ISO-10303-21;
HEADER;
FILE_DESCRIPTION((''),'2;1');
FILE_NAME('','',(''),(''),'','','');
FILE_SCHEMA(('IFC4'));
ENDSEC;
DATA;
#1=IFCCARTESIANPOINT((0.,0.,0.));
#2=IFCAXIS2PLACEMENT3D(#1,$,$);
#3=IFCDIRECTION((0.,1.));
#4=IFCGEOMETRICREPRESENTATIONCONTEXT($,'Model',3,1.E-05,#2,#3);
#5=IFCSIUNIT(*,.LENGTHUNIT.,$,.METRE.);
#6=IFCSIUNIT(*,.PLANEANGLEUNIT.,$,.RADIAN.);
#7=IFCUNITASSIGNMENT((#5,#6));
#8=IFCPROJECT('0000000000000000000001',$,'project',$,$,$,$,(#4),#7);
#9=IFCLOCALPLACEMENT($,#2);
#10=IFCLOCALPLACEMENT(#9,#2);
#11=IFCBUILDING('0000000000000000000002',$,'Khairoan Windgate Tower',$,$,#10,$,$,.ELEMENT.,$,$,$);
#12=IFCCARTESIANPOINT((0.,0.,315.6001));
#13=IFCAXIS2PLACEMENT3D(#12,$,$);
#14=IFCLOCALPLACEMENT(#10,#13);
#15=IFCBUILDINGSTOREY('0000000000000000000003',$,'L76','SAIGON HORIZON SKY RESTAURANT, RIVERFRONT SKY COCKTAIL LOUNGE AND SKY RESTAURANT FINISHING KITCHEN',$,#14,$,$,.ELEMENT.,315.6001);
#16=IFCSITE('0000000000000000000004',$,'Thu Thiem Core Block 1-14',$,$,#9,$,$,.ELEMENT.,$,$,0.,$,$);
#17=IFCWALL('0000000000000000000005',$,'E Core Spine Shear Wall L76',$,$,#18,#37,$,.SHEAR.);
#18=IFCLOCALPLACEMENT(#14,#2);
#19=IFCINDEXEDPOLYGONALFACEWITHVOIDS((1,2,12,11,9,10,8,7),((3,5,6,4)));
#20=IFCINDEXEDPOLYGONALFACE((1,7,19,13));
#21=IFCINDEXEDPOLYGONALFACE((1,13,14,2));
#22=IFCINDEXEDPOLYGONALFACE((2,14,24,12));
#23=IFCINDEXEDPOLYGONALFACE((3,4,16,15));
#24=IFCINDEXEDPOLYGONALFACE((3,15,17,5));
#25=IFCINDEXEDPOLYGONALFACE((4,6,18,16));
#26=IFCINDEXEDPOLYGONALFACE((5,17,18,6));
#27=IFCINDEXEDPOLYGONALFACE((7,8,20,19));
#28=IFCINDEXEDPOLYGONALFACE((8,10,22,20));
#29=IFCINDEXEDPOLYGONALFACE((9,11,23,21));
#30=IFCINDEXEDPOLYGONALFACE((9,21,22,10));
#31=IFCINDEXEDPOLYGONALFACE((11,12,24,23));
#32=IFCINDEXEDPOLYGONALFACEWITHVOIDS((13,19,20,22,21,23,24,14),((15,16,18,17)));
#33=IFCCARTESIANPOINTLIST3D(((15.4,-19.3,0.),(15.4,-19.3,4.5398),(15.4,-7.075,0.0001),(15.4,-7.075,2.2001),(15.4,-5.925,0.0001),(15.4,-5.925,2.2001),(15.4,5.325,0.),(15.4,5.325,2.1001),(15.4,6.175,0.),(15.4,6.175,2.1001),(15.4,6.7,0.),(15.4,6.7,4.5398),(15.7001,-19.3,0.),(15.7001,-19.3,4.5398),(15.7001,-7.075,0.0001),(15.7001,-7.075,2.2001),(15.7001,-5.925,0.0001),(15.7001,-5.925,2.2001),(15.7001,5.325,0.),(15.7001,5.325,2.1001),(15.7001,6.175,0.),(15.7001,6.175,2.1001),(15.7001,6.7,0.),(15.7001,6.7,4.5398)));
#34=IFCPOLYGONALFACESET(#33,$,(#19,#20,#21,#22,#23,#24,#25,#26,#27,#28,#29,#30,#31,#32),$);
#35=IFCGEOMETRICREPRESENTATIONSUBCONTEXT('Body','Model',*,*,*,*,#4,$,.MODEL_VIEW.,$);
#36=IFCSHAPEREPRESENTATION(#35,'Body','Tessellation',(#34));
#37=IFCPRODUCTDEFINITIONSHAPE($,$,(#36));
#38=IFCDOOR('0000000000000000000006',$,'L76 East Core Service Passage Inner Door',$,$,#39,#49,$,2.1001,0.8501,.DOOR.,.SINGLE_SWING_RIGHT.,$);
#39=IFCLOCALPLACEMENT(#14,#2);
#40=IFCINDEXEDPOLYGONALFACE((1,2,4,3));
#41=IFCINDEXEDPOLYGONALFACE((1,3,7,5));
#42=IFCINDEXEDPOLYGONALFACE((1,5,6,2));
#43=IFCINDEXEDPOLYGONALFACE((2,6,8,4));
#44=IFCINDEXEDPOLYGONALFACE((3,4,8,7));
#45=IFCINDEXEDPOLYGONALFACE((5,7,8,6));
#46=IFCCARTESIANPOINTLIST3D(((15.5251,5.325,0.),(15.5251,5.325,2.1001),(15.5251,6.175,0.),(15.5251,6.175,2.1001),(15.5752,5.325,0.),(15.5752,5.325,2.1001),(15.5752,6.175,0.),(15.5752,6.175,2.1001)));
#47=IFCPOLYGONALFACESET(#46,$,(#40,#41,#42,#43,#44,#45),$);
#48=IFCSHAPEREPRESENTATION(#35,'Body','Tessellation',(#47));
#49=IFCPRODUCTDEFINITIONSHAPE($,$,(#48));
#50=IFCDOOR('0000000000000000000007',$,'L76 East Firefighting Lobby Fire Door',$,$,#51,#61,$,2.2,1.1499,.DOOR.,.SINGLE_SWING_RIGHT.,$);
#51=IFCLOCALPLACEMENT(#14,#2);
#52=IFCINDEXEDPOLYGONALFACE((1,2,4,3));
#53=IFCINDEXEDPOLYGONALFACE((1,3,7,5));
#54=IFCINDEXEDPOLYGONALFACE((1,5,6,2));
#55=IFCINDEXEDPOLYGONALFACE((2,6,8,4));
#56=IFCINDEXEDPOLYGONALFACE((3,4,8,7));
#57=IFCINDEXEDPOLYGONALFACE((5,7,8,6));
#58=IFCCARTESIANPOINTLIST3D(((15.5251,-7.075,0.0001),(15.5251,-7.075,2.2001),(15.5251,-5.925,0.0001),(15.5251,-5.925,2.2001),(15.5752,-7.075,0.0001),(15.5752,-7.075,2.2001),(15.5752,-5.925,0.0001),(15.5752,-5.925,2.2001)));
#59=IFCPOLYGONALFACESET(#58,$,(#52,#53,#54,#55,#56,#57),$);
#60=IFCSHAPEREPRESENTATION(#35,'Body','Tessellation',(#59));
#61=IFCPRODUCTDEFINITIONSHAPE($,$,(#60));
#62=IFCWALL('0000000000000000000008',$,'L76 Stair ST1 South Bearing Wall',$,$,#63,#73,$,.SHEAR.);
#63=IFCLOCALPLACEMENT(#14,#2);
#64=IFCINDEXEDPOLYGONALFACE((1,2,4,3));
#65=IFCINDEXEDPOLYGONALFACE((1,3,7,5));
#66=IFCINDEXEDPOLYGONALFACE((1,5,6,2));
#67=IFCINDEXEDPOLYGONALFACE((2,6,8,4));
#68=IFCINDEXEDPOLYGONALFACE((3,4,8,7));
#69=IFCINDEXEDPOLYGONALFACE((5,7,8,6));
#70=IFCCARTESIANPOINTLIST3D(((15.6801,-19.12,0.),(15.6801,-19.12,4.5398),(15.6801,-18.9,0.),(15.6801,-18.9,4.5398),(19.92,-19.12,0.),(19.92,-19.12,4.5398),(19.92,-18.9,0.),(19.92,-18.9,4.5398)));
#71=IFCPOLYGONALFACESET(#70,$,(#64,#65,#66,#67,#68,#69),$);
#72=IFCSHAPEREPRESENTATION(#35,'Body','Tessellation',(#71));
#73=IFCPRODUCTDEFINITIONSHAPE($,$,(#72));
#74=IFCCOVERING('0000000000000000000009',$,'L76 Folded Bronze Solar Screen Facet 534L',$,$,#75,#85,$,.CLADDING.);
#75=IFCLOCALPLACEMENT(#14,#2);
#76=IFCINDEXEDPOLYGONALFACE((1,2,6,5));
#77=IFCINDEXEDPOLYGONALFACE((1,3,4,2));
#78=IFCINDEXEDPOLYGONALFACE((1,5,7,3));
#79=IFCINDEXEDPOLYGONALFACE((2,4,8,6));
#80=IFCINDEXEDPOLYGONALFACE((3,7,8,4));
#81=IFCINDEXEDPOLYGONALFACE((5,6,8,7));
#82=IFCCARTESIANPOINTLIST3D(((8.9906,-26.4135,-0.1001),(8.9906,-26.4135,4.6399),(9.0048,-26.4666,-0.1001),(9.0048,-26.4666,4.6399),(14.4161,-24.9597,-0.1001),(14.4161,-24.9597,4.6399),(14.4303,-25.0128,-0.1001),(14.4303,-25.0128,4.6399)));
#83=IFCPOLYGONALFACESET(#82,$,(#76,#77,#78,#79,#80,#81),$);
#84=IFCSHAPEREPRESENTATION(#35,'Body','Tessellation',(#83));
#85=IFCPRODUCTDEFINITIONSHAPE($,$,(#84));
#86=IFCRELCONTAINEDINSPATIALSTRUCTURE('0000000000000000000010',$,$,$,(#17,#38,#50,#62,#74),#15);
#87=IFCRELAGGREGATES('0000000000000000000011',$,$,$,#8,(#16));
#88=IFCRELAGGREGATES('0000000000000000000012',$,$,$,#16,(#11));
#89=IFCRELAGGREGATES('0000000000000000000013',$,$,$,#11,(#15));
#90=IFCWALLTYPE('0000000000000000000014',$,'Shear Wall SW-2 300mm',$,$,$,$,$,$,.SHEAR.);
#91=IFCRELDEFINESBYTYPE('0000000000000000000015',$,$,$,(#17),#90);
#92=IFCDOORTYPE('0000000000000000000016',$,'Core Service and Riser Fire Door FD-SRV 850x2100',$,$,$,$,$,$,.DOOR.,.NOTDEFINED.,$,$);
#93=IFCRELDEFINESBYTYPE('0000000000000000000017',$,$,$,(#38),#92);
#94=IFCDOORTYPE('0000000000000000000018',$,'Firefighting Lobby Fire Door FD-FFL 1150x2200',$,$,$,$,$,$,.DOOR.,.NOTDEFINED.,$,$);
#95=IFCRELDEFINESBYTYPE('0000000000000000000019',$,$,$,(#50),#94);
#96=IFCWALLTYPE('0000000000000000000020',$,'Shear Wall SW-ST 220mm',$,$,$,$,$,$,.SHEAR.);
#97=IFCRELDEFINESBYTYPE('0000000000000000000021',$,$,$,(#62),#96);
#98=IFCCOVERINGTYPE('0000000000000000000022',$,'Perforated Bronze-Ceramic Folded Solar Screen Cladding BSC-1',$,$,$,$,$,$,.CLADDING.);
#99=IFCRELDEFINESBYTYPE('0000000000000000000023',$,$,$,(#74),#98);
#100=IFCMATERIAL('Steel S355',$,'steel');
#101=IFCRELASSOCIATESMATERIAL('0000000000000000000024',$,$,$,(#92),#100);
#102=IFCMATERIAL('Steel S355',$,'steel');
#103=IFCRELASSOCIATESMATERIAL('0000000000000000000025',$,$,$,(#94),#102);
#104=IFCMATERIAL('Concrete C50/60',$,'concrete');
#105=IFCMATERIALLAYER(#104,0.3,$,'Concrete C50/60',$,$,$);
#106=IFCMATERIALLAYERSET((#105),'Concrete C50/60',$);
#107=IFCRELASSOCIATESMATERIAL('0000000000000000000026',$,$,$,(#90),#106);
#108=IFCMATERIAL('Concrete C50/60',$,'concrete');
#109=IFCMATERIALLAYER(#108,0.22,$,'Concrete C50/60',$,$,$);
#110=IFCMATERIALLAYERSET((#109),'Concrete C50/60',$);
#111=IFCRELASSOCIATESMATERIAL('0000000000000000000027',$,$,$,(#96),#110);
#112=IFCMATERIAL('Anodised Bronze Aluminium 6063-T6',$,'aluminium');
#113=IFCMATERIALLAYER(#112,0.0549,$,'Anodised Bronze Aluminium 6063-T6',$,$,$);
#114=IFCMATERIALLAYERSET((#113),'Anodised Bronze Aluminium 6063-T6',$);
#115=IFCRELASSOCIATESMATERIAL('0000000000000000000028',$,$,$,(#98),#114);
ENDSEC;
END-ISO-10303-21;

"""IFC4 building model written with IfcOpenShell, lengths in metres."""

from ifc_helpers import new_model, si_unit, direction, frame, frame_2d, origin, origin_2d, place, context, subcontext, project, spatial, rectangle, extrude, material, layer, layer_set, type_object, element, fill, save


model = new_model("IFC4")

# Units and contexts
model_context = context("Model", 3, precision=1e-05, world=origin(), true_north=direction((0.0, 1.0)))
body_context = subcontext(model_context, "Body", "Model", "MODEL_VIEW")
ifc_project = project(units=[si_unit("LENGTHUNIT", "METRE"), si_unit("PLANEANGLEUNIT", "RADIAN")], contexts=[model_context])

# Site, building, storey
site_placement = place(None, origin())
site = spatial("IfcSite", under=ifc_project, at=site_placement, Name="Thu Thiem Core Block 1-14", CompositionType="ELEMENT", RefElevation=0.0)
building_placement = place(site_placement, origin())
building = spatial("IfcBuilding", under=site, at=building_placement, Name="Khairoan Windgate Tower", CompositionType="ELEMENT")
storey_placement = place(building_placement, frame((0.0, 0.0, 315.6001)))
storey = spatial("IfcBuildingStorey", under=building, at=storey_placement, Name="L76", Description="SAIGON HORIZON SKY RESTAURANT, RIVERFRONT SKY COCKTAIL LOUNGE AND SKY RESTAURANT FINISHING KITCHEN", CompositionType="ELEMENT", Elevation=315.6001)

# Shared definitions
ifc_material_1 = material(Name="Steel S355", Category="steel")
door_type_1 = type_object("IfcDoorType", Name="Core Service and Riser Fire Door FD-SRV 850x2100", OperationType="NOTDEFINED", PredefinedType="DOOR", material=ifc_material_1)
ifc_material_2 = material(Name="Steel S355", Category="steel")
door_type_2 = type_object("IfcDoorType", Name="Firefighting Lobby Fire Door FD-FFL 1150x2200", OperationType="NOTDEFINED", PredefinedType="DOOR", material=ifc_material_2)

# Wall, openings, doors
ifc_material_3 = material(Name="Concrete C50/60", Category="concrete")
ifc_layer_1 = layer(ifc_material_3, 0.3, Name="Concrete C50/60")
ifc_layer_set_1 = layer_set([ifc_layer_1], Name="Concrete C50/60")
wall_type_1 = type_object("IfcWallType", Name="Shear Wall SW-2 300mm", PredefinedType="SHEAR", material=ifc_layer_set_1)
wall_1_placement = place(storey_placement, frame((15.55, -19.3, 0.0), z_axis=(0.0, 0.0, 1.0), x_axis=(0.0, 1.0, 0.0)))
wall_1 = element("IfcWall", 1, at=wall_1_placement, inside=storey, type_object=wall_type_1, Name="E Core Spine Shear Wall L76", PredefinedType="SHEAR", context=body_context, shape_type="SweptSolid", body=[
    extrude(rectangle(XDim=26.0, YDim=0.3, at=frame_2d((13.0, 0.0))), origin(), (0.0, 0.0, 1.0), 4.5398),
])
opening_1_placement = place(wall_1_placement, frame((12.2251, 0.0, 0.0)))
opening_1 = element("IfcOpeningElement", 2, at=opening_1_placement, cuts=wall_1, PredefinedType="OPENING", context=body_context, shape_type="SweptSolid", body=[
    extrude(rectangle(XDim=1.1499, YDim=2.2, at=frame_2d((0.575, 1.1001))), frame((0.0, 0.1599, 0.0), z_axis=(0.0, -1.0, 0.0), x_axis=(1.0, 0.0, 0.0)), (0.0, 0.0, 1.0), 0.3201),
])
opening_2_placement = place(wall_1_placement, frame((24.625, 0.0, 0.0)))
opening_2 = element("IfcOpeningElement", 3, at=opening_2_placement, cuts=wall_1, PredefinedType="OPENING", context=body_context, shape_type="SweptSolid", body=[
    extrude(rectangle(XDim=0.8501, YDim=2.1001, at=frame_2d((0.425, 1.05))), frame((0.0, 0.1599, 0.0), z_axis=(0.0, -1.0, 0.0), x_axis=(1.0, 0.0, 0.0)), (0.0, 0.0, 1.0), 0.3201),
])
door_1_placement = place(opening_2_placement, origin())
door_1 = element("IfcDoor", 4, at=door_1_placement, inside=storey, type_object=door_type_1, Name="L76 East Core Service Passage Inner Door", OperationType="SINGLE_SWING_RIGHT", OverallHeight=2.1001, OverallWidth=0.8501, PredefinedType="DOOR", context=body_context, shape_type="SweptSolid", body=[
    extrude(rectangle(XDim=0.8501, YDim=2.1001, at=frame_2d((0.425, 1.05))), frame((0.0, 0.0249, 0.0), z_axis=(0.0, -1.0, 0.0), x_axis=(1.0, 0.0, 0.0)), (0.0, 0.0, 1.0), 0.05),
])
fill(opening_2, door_1)
door_2_placement = place(opening_1_placement, origin())
door_2 = element("IfcDoor", 5, at=door_2_placement, inside=storey, type_object=door_type_2, Name="L76 East Firefighting Lobby Fire Door", OperationType="SINGLE_SWING_RIGHT", OverallHeight=2.2, OverallWidth=1.1499, PredefinedType="DOOR", context=body_context, shape_type="SweptSolid", body=[
    extrude(rectangle(XDim=1.1499, YDim=2.2, at=frame_2d((0.575, 1.1001))), frame((0.0, 0.0249, 0.0), z_axis=(0.0, -1.0, 0.0), x_axis=(1.0, 0.0, 0.0)), (0.0, 0.0, 1.0), 0.05),
])
fill(opening_1, door_2)

# Wall
ifc_material_4 = material(Name="Concrete C50/60", Category="concrete")
ifc_layer_2 = layer(ifc_material_4, 0.22, Name="Concrete C50/60")
ifc_layer_set_2 = layer_set([ifc_layer_2], Name="Concrete C50/60")
wall_type_2 = type_object("IfcWallType", Name="Shear Wall SW-ST 220mm", PredefinedType="SHEAR", material=ifc_layer_set_2)
wall_2_placement = place(storey_placement, frame((15.6799, -19.01, 0.0), z_axis=(0.0, 0.0, 1.0), x_axis=(1.0, 0.0, 0.0)))
element("IfcWall", 6, at=wall_2_placement, inside=storey, type_object=wall_type_2, Name="L76 Stair ST1 South Bearing Wall", PredefinedType="SHEAR", context=body_context, shape_type="SweptSolid", body=[
    extrude(rectangle(XDim=4.24, YDim=0.22, at=frame_2d((2.1201, 0.0))), origin(), (0.0, 0.0, 1.0), 4.5398),
])

# Covering
ifc_material_5 = material(Name="Anodised Bronze Aluminium 6063-T6", Category="aluminium")
ifc_layer_3 = layer(ifc_material_5, 0.0549, Name="Anodised Bronze Aluminium 6063-T6")
ifc_layer_set_3 = layer_set([ifc_layer_3], Name="Anodised Bronze Aluminium 6063-T6")
covering_type = type_object("IfcCoveringType", Name="Perforated Bronze-Ceramic Folded Solar Screen Cladding BSC-1", PredefinedType="CLADDING", material=ifc_layer_set_3)
covering_placement = place(storey_placement, frame((11.7104, -25.7131, -0.1001), z_axis=(0.0, 0.0, 1.0), x_axis=(-0.965926, -0.258819, 0.0)))
element("IfcCovering", 7, at=covering_placement, inside=storey, type_object=covering_type, Name="L76 Folded Bronze Solar Screen Facet 534L", PredefinedType="CLADDING", context=body_context, shape_type="SweptSolid", body=[
    extrude(rectangle(XDim=5.6169, YDim=0.0549, at=origin_2d()), origin(), (0.0, 0.0, 1.0), 4.74),
])

save(model, "model.ifc")
